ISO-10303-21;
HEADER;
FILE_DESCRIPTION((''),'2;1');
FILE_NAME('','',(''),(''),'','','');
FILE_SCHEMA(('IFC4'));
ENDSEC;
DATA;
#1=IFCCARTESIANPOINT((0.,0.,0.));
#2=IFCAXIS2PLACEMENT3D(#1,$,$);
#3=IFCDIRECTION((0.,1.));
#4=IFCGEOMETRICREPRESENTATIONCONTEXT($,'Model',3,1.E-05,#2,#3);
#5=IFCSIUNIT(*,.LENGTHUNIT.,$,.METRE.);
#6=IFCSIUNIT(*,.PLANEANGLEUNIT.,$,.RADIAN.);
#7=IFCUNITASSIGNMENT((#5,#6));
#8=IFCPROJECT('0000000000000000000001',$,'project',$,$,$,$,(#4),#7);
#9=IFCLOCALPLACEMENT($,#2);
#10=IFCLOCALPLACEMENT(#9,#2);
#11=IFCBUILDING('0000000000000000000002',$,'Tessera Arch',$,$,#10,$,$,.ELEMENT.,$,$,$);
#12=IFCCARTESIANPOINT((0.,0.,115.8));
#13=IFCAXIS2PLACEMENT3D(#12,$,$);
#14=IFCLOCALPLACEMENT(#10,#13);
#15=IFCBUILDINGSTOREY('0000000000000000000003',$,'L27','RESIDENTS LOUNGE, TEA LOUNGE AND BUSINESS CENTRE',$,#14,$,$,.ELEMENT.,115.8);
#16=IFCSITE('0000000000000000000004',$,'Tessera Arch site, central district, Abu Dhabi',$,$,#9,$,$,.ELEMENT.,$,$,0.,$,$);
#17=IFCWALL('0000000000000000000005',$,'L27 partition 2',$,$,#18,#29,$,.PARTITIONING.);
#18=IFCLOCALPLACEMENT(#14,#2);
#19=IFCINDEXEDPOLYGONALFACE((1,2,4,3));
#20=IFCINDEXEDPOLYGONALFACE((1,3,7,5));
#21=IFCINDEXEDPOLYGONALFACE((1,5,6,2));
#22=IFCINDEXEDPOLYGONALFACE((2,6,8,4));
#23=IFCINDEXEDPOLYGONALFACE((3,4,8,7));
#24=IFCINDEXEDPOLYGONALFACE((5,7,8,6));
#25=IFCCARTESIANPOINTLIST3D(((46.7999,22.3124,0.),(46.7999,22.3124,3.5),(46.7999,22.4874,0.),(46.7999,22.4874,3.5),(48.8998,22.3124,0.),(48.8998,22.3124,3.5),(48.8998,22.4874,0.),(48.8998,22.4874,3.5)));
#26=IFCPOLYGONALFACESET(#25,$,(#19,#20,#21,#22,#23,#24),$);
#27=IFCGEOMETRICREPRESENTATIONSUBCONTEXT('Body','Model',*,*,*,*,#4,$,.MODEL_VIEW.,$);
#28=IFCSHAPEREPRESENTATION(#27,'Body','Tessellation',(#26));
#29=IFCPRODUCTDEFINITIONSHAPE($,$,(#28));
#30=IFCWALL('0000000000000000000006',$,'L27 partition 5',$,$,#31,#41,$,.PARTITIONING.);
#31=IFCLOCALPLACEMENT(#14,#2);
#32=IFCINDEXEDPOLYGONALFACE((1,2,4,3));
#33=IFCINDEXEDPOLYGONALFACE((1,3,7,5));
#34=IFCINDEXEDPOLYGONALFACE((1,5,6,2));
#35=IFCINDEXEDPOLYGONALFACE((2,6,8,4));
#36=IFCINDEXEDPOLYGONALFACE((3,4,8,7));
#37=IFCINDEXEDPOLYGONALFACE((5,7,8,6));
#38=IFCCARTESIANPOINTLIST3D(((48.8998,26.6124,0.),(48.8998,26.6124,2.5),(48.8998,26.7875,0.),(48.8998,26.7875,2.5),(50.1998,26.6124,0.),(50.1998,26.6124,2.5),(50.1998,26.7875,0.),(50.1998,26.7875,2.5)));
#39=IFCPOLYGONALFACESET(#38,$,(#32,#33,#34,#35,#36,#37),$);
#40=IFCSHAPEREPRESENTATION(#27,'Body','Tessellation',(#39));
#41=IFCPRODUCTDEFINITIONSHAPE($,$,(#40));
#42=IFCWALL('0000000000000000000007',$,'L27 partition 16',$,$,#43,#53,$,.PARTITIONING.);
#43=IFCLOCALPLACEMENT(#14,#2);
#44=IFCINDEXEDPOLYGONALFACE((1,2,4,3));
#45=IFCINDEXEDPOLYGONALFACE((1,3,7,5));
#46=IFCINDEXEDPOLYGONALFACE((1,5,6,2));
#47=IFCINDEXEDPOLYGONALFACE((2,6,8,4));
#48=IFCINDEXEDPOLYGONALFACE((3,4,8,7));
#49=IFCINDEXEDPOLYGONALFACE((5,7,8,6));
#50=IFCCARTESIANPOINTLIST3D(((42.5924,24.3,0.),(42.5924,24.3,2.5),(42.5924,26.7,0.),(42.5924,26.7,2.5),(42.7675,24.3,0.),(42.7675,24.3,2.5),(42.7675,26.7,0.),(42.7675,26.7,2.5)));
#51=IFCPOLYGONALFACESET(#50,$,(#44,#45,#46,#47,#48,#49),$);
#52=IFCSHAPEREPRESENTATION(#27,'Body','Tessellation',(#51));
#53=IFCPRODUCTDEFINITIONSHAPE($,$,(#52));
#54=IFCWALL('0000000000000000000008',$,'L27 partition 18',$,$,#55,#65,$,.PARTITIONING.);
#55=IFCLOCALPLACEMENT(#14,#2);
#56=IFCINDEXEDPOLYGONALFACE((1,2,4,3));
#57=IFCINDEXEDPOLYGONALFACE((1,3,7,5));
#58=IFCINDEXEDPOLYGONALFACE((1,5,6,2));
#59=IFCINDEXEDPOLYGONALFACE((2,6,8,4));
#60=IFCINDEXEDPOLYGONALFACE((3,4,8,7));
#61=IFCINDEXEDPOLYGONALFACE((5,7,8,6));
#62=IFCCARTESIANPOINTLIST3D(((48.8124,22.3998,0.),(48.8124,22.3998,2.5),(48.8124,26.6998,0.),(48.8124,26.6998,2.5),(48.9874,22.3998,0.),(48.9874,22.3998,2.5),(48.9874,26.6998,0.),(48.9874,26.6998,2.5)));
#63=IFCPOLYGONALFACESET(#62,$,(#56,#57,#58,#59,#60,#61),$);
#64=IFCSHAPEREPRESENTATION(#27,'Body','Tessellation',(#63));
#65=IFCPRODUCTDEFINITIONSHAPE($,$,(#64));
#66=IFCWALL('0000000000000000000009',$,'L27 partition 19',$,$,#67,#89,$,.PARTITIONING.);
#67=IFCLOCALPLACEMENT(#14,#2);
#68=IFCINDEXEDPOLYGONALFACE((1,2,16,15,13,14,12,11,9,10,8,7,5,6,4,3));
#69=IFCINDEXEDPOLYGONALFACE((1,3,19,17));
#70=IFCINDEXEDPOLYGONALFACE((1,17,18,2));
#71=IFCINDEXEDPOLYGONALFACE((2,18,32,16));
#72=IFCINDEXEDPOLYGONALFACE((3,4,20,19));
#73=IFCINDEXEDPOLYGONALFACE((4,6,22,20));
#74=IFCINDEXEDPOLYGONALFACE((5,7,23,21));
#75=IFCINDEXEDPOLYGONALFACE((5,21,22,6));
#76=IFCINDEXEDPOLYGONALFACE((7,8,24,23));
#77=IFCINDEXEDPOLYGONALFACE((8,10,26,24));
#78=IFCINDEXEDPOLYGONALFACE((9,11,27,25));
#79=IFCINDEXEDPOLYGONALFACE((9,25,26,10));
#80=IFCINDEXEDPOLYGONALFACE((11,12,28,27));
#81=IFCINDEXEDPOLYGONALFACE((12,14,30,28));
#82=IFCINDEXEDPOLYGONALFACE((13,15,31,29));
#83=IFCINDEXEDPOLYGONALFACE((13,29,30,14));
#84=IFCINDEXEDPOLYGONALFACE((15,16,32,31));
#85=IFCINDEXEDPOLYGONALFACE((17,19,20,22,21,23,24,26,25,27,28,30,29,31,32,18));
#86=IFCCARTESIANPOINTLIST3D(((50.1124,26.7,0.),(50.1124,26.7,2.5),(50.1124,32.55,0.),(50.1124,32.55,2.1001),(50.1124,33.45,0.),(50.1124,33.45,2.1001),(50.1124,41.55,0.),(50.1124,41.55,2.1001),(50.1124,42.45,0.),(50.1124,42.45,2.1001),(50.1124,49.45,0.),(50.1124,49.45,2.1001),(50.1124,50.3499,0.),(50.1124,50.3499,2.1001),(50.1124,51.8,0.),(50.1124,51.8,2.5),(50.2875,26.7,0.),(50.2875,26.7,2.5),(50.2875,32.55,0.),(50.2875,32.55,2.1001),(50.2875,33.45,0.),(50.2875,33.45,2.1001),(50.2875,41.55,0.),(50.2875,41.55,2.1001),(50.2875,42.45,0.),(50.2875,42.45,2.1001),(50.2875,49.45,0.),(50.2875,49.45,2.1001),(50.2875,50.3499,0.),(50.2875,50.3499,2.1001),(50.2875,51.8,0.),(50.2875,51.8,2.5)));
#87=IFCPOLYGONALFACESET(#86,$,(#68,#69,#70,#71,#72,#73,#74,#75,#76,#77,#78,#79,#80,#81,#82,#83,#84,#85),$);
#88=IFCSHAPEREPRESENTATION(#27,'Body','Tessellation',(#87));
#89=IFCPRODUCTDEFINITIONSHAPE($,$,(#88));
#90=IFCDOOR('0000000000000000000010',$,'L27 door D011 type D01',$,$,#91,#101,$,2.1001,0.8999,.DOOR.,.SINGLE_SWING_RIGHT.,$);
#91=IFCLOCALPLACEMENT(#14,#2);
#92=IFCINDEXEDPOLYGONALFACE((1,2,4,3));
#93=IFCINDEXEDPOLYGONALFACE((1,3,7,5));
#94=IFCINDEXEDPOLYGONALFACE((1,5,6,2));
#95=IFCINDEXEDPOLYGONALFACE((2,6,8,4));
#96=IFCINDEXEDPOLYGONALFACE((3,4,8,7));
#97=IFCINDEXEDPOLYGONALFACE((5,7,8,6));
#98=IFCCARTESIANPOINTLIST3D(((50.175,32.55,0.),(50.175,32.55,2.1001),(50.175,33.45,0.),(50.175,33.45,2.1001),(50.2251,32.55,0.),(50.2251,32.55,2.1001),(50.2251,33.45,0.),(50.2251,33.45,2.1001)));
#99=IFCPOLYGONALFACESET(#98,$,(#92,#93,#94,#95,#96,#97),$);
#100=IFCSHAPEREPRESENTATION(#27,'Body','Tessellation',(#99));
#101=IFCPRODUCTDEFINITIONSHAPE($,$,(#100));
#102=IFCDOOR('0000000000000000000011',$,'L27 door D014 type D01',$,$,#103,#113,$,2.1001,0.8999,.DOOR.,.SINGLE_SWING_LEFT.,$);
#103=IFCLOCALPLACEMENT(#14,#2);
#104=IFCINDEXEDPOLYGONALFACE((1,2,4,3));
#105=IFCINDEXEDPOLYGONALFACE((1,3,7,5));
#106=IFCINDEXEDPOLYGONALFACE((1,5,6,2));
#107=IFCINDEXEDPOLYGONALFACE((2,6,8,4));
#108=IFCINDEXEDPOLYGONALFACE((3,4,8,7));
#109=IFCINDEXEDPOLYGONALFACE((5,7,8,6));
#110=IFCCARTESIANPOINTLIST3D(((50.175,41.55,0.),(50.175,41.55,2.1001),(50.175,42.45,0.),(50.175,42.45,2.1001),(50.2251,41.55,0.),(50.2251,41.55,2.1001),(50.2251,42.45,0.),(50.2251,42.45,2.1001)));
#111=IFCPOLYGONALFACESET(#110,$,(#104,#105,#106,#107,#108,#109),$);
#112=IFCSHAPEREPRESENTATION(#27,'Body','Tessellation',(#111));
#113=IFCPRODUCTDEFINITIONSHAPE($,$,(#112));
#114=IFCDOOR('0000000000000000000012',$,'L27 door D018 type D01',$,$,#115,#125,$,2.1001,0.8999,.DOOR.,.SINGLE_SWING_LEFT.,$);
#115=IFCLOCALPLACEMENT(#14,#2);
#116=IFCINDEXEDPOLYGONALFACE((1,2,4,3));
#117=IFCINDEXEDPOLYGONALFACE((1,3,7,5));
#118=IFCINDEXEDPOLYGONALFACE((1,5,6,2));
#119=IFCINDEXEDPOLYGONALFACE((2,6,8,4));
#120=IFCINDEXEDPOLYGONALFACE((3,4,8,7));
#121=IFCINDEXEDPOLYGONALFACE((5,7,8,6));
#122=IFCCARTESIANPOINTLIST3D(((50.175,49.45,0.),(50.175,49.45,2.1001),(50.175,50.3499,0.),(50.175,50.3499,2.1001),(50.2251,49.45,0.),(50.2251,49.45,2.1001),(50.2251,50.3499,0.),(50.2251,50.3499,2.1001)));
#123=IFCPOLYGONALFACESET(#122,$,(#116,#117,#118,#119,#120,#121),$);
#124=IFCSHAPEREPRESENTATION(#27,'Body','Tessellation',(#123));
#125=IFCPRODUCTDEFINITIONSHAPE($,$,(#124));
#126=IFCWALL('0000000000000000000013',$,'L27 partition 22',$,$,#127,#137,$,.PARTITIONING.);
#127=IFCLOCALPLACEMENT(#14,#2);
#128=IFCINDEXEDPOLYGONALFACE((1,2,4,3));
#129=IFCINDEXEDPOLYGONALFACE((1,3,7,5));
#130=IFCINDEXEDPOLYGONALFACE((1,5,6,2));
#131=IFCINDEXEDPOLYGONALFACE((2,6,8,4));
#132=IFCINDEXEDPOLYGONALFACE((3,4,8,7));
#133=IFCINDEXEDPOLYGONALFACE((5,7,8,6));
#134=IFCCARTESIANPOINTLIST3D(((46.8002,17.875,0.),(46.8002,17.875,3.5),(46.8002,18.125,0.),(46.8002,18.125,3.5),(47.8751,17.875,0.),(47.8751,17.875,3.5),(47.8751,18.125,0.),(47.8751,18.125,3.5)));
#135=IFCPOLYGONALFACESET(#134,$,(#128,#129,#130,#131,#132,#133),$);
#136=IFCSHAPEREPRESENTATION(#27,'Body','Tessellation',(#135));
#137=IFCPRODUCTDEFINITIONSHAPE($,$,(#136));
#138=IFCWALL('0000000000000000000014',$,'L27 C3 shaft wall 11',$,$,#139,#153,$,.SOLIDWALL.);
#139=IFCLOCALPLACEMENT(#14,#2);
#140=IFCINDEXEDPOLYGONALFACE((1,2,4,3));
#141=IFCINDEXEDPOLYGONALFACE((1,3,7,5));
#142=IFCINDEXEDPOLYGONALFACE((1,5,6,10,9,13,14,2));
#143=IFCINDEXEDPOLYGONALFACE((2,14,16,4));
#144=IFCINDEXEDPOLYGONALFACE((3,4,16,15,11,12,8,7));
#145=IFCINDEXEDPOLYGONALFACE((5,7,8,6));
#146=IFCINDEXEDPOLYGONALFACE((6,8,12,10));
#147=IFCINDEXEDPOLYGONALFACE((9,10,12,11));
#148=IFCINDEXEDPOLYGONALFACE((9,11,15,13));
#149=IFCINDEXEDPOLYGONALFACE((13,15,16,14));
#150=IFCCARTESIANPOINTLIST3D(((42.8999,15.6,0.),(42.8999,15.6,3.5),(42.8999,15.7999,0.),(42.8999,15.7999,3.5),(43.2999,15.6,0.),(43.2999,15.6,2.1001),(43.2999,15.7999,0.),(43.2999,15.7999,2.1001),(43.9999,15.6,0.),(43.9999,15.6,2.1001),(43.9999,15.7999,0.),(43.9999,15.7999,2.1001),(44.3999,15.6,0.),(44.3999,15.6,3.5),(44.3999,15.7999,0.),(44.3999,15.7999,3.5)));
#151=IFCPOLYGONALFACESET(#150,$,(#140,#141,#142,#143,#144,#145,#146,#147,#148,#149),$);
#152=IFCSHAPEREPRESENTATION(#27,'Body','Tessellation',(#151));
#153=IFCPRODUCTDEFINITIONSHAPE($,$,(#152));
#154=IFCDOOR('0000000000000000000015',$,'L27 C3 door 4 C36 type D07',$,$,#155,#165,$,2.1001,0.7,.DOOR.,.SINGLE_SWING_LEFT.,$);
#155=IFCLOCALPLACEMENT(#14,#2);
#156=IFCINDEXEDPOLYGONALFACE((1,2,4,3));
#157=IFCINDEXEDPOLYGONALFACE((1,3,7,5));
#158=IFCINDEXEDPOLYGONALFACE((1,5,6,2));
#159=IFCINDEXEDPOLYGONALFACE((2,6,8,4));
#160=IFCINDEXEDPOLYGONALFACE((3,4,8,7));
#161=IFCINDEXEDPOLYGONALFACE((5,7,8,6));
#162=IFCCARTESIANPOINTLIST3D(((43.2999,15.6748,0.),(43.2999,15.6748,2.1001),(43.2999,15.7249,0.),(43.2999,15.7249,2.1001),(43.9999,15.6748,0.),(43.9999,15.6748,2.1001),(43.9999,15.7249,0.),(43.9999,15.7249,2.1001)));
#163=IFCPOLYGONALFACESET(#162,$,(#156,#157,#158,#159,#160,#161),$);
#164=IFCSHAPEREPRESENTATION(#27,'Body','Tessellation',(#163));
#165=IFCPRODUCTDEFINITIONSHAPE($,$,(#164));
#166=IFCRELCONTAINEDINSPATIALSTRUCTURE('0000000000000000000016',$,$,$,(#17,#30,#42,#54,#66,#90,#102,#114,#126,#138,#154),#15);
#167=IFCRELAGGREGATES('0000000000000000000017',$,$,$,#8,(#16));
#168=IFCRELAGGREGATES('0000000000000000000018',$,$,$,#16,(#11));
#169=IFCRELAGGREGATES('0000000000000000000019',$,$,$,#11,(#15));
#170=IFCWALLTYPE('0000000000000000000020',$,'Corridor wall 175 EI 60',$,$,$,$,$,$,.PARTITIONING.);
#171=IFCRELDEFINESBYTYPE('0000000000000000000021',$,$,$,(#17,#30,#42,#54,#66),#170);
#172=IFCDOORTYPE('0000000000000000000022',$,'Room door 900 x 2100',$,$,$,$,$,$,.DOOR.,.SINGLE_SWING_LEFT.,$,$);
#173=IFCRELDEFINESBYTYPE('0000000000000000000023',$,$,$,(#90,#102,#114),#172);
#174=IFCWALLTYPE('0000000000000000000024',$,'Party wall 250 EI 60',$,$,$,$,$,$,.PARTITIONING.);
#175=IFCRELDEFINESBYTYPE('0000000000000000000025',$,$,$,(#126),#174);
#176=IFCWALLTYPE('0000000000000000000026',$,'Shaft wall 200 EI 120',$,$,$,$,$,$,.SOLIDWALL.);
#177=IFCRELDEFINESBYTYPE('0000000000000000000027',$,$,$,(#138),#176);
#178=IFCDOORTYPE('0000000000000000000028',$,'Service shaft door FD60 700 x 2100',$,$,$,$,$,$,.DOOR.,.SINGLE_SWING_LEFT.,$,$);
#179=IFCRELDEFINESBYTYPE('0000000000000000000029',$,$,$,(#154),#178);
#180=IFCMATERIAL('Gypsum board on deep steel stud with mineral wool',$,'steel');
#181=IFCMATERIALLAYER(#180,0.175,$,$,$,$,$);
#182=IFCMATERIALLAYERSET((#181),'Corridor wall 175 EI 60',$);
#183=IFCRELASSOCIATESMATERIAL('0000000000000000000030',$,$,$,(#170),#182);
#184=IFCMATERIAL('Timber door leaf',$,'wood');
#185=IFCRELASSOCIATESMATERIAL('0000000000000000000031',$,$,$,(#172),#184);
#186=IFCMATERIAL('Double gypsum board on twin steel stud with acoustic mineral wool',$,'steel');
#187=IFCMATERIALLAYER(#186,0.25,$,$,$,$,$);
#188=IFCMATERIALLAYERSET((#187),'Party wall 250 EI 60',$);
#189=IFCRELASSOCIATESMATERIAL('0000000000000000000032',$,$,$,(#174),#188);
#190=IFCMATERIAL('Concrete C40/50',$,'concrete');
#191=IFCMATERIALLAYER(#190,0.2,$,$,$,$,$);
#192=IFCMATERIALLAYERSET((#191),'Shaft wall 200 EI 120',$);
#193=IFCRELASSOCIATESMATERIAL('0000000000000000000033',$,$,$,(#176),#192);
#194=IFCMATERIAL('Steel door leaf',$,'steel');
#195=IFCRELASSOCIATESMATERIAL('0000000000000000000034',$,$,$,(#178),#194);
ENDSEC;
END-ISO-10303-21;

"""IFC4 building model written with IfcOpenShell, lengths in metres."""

from ifc_helpers import new_model, si_unit, direction, frame, frame_2d, origin, place, context, subcontext, project, spatial, rectangle, extrude, material, layer, layer_set, type_object, element, fill, save


model = new_model("IFC4")

# Units and contexts
model_context = context("Model", 3, precision=1e-05, world=origin(), true_north=direction((0.0, 1.0)))
body_context = subcontext(model_context, "Body", "Model", "MODEL_VIEW")
ifc_project = project(units=[si_unit("LENGTHUNIT", "METRE"), si_unit("PLANEANGLEUNIT", "RADIAN")], contexts=[model_context])

# Site, building, storey
site_placement = place(None, origin())
site = spatial("IfcSite", under=ifc_project, at=site_placement, Name="Tessera Arch site, central district, Abu Dhabi", CompositionType="ELEMENT", RefElevation=0.0)
building_placement = place(site_placement, origin())
building = spatial("IfcBuilding", under=site, at=building_placement, Name="Tessera Arch", CompositionType="ELEMENT")
storey_placement = place(building_placement, frame((0.0, 0.0, 115.8)))
storey = spatial("IfcBuildingStorey", under=building, at=storey_placement, Name="L27", Description="RESIDENTS LOUNGE, TEA LOUNGE AND BUSINESS CENTRE", CompositionType="ELEMENT", Elevation=115.8)

# Walls
ifc_material_1 = material(Name="Gypsum board on deep steel stud with mineral wool", Category="steel")
ifc_layer_1 = layer(ifc_material_1, 0.175)
ifc_layer_set_1 = layer_set([ifc_layer_1], Name="Corridor wall 175 EI 60")
wall_type_1 = type_object("IfcWallType", Name="Corridor wall 175 EI 60", PredefinedType="PARTITIONING", material=ifc_layer_set_1)
wall_1_placement = place(storey_placement, frame((46.8, 22.3999, 0.0), z_axis=(0.0, 0.0, 1.0), x_axis=(1.0, 0.0, 0.0)))
element("IfcWall", 1, at=wall_1_placement, inside=storey, type_object=wall_type_1, Name="L27 partition 2", PredefinedType="PARTITIONING", context=body_context, shape_type="SweptSolid", body=[
    extrude(rectangle(XDim=2.0999, YDim=0.175, at=frame_2d((1.0498, 0.0))), origin(), (0.0, 0.0, 1.0), 3.5),
])
wall_2_placement = place(storey_placement, frame((48.8999, 26.7, 0.0), z_axis=(0.0, 0.0, 1.0), x_axis=(1.0, 0.0, 0.0)))
element("IfcWall", 2, at=wall_2_placement, inside=storey, type_object=wall_type_1, Name="L27 partition 5", PredefinedType="PARTITIONING", context=body_context, shape_type="SweptSolid", body=[
    extrude(rectangle(XDim=1.3, YDim=0.175, at=frame_2d((0.6499, 0.0))), origin(), (0.0, 0.0, 1.0), 2.5),
])
wall_3_placement = place(storey_placement, frame((42.6799, 24.3, 0.0), z_axis=(0.0, 0.0, 1.0), x_axis=(0.0, 1.0, 0.0)))
element("IfcWall", 3, at=wall_3_placement, inside=storey, type_object=wall_type_1, Name="L27 partition 16", PredefinedType="PARTITIONING", context=body_context, shape_type="SweptSolid", body=[
    extrude(rectangle(XDim=2.3999, YDim=0.175, at=frame_2d((1.2, 0.0))), origin(), (0.0, 0.0, 1.0), 2.5),
])
wall_4_placement = place(storey_placement, frame((48.8999, 22.3999, 0.0), z_axis=(0.0, 0.0, 1.0), x_axis=(0.0, 1.0, 0.0)))
element("IfcWall", 4, at=wall_4_placement, inside=storey, type_object=wall_type_1, Name="L27 partition 18", PredefinedType="PARTITIONING", context=body_context, shape_type="SweptSolid", body=[
    extrude(rectangle(XDim=4.3, YDim=0.175, at=frame_2d((2.1499, 0.0))), origin(), (0.0, 0.0, 1.0), 2.5),
])

# Wall, openings, doors
wall_5_placement = place(storey_placement, frame((50.2, 26.7, 0.0), z_axis=(0.0, 0.0, 1.0), x_axis=(0.0, 1.0, 0.0)))
wall_5 = element("IfcWall", 5, at=wall_5_placement, inside=storey, type_object=wall_type_1, Name="L27 partition 19", PredefinedType="PARTITIONING", context=body_context, shape_type="SweptSolid", body=[
    extrude(rectangle(XDim=25.1001, YDim=0.175, at=frame_2d((12.55, 0.0))), origin(), (0.0, 0.0, 1.0), 2.5),
])
opening_1_placement = place(wall_5_placement, frame((5.8501, 0.0, 0.0)))
opening_1 = element("IfcOpeningElement", 6, at=opening_1_placement, cuts=wall_5, PredefinedType="OPENING", context=body_context, shape_type="SweptSolid", body=[
    extrude(rectangle(XDim=0.8999, YDim=2.1001, at=frame_2d((0.45, 1.05))), frame((0.0, 0.0974, 0.0), z_axis=(0.0, -1.0, 0.0), x_axis=(1.0, 0.0, 0.0)), (0.0, 0.0, 1.0), 0.1951),
])
opening_2_placement = place(wall_5_placement, frame((14.8501, 0.0, 0.0)))
opening_2 = element("IfcOpeningElement", 7, at=opening_2_placement, cuts=wall_5, PredefinedType="OPENING", context=body_context, shape_type="SweptSolid", body=[
    extrude(rectangle(XDim=0.8999, YDim=2.1001, at=frame_2d((0.45, 1.05))), frame((0.0, 0.0974, 0.0), z_axis=(0.0, -1.0, 0.0), x_axis=(1.0, 0.0, 0.0)), (0.0, 0.0, 1.0), 0.1951),
])
opening_3_placement = place(wall_5_placement, frame((22.75, 0.0, 0.0)))
opening_3 = element("IfcOpeningElement", 8, at=opening_3_placement, cuts=wall_5, PredefinedType="OPENING", context=body_context, shape_type="SweptSolid", body=[
    extrude(rectangle(XDim=0.8999, YDim=2.1001, at=frame_2d((0.45, 1.05))), frame((0.0, 0.0974, 0.0), z_axis=(0.0, -1.0, 0.0), x_axis=(1.0, 0.0, 0.0)), (0.0, 0.0, 1.0), 0.1951),
])
ifc_material_2 = material(Name="Timber door leaf", Category="wood")
door_type_1 = type_object("IfcDoorType", Name="Room door 900 x 2100", OperationType="SINGLE_SWING_LEFT", PredefinedType="DOOR", material=ifc_material_2)
door_1_placement = place(opening_1_placement, origin())
door_1 = element("IfcDoor", 9, at=door_1_placement, inside=storey, type_object=door_type_1, Name="L27 door D011 type D01", OperationType="SINGLE_SWING_RIGHT", OverallHeight=2.1001, OverallWidth=0.8999, PredefinedType="DOOR", context=body_context, shape_type="SweptSolid", body=[
    extrude(rectangle(XDim=0.8999, YDim=2.1001, at=frame_2d((0.45, 1.05))), frame((0.0, 0.0249, 0.0), z_axis=(0.0, -1.0, 0.0), x_axis=(1.0, 0.0, 0.0)), (0.0, 0.0, 1.0), 0.05),
])
fill(opening_1, door_1)
door_2_placement = place(opening_2_placement, origin())
door_2 = element("IfcDoor", 10, at=door_2_placement, inside=storey, type_object=door_type_1, Name="L27 door D014 type D01", OperationType="SINGLE_SWING_LEFT", OverallHeight=2.1001, OverallWidth=0.8999, PredefinedType="DOOR", context=body_context, shape_type="SweptSolid", body=[
    extrude(rectangle(XDim=0.8999, YDim=2.1001, at=frame_2d((0.45, 1.05))), frame((0.0, 0.0249, 0.0), z_axis=(0.0, -1.0, 0.0), x_axis=(1.0, 0.0, 0.0)), (0.0, 0.0, 1.0), 0.05),
])
fill(opening_2, door_2)
door_3_placement = place(opening_3_placement, origin())
door_3 = element("IfcDoor", 11, at=door_3_placement, inside=storey, type_object=door_type_1, Name="L27 door D018 type D01", OperationType="SINGLE_SWING_LEFT", OverallHeight=2.1001, OverallWidth=0.8999, PredefinedType="DOOR", context=body_context, shape_type="SweptSolid", body=[
    extrude(rectangle(XDim=0.8999, YDim=2.1001, at=frame_2d((0.45, 1.05))), frame((0.0, 0.0249, 0.0), z_axis=(0.0, -1.0, 0.0), x_axis=(1.0, 0.0, 0.0)), (0.0, 0.0, 1.0), 0.05),
])
fill(opening_3, door_3)

# Wall
ifc_material_3 = material(Name="Double gypsum board on twin steel stud with acoustic mineral wool", Category="steel")
ifc_layer_2 = layer(ifc_material_3, 0.25)
ifc_layer_set_2 = layer_set([ifc_layer_2], Name="Party wall 250 EI 60")
wall_type_2 = type_object("IfcWallType", Name="Party wall 250 EI 60", PredefinedType="PARTITIONING", material=ifc_layer_set_2)
wall_6_placement = place(storey_placement, frame((46.8, 18.0, 0.0), z_axis=(0.0, 0.0, 1.0), x_axis=(1.0, 0.0, 0.0)))
element("IfcWall", 12, at=wall_6_placement, inside=storey, type_object=wall_type_2, Name="L27 partition 22", PredefinedType="PARTITIONING", context=body_context, shape_type="SweptSolid", body=[
    extrude(rectangle(XDim=1.075, YDim=0.25, at=frame_2d((0.5376, 0.0))), origin(), (0.0, 0.0, 1.0), 3.5),
])

# Wall, opening, door
ifc_material_4 = material(Name="Concrete C40/50", Category="concrete")
ifc_layer_3 = layer(ifc_material_4, 0.2)
ifc_layer_set_3 = layer_set([ifc_layer_3], Name="Shaft wall 200 EI 120")
wall_type_3 = type_object("IfcWallType", Name="Shaft wall 200 EI 120", PredefinedType="SOLIDWALL", material=ifc_layer_set_3)
wall_7_placement = place(storey_placement, frame((42.8999, 15.7, 0.0), z_axis=(0.0, 0.0, 1.0), x_axis=(1.0, 0.0, 0.0)))
wall_7 = element("IfcWall", 13, at=wall_7_placement, inside=storey, type_object=wall_type_3, Name="L27 C3 shaft wall 11", PredefinedType="SOLIDWALL", context=body_context, shape_type="SweptSolid", body=[
    extrude(rectangle(XDim=1.5, YDim=0.2, at=frame_2d((0.75, 0.0))), origin(), (0.0, 0.0, 1.0), 3.5),
])
opening_4_placement = place(wall_7_placement, frame((0.3999, 0.0, 0.0)))
opening_4 = element("IfcOpeningElement", 14, at=opening_4_placement, cuts=wall_7, PredefinedType="OPENING", context=body_context, shape_type="SweptSolid", body=[
    extrude(rectangle(XDim=0.7, YDim=2.1001, at=frame_2d((0.3501, 1.05))), frame((0.0, 0.1099, 0.0), z_axis=(0.0, -1.0, 0.0), x_axis=(1.0, 0.0, 0.0)), (0.0, 0.0, 1.0), 0.22),
])
ifc_material_5 = material(Name="Steel door leaf", Category="steel")
door_type_2 = type_object("IfcDoorType", Name="Service shaft door FD60 700 x 2100", OperationType="SINGLE_SWING_LEFT", PredefinedType="DOOR", material=ifc_material_5)
door_4_placement = place(opening_4_placement, origin())
door_4 = element("IfcDoor", 15, at=door_4_placement, inside=storey, type_object=door_type_2, Name="L27 C3 door 4 C36 type D07", OperationType="SINGLE_SWING_LEFT", OverallHeight=2.1001, OverallWidth=0.7, PredefinedType="DOOR", context=body_context, shape_type="SweptSolid", body=[
    extrude(rectangle(XDim=0.7, YDim=2.1001, at=frame_2d((0.3501, 1.05))), frame((0.0, 0.0249, 0.0), z_axis=(0.0, -1.0, 0.0), x_axis=(1.0, 0.0, 0.0)), (0.0, 0.0, 1.0), 0.05),
])
fill(opening_4, door_4)

save(model, "model.ifc")
